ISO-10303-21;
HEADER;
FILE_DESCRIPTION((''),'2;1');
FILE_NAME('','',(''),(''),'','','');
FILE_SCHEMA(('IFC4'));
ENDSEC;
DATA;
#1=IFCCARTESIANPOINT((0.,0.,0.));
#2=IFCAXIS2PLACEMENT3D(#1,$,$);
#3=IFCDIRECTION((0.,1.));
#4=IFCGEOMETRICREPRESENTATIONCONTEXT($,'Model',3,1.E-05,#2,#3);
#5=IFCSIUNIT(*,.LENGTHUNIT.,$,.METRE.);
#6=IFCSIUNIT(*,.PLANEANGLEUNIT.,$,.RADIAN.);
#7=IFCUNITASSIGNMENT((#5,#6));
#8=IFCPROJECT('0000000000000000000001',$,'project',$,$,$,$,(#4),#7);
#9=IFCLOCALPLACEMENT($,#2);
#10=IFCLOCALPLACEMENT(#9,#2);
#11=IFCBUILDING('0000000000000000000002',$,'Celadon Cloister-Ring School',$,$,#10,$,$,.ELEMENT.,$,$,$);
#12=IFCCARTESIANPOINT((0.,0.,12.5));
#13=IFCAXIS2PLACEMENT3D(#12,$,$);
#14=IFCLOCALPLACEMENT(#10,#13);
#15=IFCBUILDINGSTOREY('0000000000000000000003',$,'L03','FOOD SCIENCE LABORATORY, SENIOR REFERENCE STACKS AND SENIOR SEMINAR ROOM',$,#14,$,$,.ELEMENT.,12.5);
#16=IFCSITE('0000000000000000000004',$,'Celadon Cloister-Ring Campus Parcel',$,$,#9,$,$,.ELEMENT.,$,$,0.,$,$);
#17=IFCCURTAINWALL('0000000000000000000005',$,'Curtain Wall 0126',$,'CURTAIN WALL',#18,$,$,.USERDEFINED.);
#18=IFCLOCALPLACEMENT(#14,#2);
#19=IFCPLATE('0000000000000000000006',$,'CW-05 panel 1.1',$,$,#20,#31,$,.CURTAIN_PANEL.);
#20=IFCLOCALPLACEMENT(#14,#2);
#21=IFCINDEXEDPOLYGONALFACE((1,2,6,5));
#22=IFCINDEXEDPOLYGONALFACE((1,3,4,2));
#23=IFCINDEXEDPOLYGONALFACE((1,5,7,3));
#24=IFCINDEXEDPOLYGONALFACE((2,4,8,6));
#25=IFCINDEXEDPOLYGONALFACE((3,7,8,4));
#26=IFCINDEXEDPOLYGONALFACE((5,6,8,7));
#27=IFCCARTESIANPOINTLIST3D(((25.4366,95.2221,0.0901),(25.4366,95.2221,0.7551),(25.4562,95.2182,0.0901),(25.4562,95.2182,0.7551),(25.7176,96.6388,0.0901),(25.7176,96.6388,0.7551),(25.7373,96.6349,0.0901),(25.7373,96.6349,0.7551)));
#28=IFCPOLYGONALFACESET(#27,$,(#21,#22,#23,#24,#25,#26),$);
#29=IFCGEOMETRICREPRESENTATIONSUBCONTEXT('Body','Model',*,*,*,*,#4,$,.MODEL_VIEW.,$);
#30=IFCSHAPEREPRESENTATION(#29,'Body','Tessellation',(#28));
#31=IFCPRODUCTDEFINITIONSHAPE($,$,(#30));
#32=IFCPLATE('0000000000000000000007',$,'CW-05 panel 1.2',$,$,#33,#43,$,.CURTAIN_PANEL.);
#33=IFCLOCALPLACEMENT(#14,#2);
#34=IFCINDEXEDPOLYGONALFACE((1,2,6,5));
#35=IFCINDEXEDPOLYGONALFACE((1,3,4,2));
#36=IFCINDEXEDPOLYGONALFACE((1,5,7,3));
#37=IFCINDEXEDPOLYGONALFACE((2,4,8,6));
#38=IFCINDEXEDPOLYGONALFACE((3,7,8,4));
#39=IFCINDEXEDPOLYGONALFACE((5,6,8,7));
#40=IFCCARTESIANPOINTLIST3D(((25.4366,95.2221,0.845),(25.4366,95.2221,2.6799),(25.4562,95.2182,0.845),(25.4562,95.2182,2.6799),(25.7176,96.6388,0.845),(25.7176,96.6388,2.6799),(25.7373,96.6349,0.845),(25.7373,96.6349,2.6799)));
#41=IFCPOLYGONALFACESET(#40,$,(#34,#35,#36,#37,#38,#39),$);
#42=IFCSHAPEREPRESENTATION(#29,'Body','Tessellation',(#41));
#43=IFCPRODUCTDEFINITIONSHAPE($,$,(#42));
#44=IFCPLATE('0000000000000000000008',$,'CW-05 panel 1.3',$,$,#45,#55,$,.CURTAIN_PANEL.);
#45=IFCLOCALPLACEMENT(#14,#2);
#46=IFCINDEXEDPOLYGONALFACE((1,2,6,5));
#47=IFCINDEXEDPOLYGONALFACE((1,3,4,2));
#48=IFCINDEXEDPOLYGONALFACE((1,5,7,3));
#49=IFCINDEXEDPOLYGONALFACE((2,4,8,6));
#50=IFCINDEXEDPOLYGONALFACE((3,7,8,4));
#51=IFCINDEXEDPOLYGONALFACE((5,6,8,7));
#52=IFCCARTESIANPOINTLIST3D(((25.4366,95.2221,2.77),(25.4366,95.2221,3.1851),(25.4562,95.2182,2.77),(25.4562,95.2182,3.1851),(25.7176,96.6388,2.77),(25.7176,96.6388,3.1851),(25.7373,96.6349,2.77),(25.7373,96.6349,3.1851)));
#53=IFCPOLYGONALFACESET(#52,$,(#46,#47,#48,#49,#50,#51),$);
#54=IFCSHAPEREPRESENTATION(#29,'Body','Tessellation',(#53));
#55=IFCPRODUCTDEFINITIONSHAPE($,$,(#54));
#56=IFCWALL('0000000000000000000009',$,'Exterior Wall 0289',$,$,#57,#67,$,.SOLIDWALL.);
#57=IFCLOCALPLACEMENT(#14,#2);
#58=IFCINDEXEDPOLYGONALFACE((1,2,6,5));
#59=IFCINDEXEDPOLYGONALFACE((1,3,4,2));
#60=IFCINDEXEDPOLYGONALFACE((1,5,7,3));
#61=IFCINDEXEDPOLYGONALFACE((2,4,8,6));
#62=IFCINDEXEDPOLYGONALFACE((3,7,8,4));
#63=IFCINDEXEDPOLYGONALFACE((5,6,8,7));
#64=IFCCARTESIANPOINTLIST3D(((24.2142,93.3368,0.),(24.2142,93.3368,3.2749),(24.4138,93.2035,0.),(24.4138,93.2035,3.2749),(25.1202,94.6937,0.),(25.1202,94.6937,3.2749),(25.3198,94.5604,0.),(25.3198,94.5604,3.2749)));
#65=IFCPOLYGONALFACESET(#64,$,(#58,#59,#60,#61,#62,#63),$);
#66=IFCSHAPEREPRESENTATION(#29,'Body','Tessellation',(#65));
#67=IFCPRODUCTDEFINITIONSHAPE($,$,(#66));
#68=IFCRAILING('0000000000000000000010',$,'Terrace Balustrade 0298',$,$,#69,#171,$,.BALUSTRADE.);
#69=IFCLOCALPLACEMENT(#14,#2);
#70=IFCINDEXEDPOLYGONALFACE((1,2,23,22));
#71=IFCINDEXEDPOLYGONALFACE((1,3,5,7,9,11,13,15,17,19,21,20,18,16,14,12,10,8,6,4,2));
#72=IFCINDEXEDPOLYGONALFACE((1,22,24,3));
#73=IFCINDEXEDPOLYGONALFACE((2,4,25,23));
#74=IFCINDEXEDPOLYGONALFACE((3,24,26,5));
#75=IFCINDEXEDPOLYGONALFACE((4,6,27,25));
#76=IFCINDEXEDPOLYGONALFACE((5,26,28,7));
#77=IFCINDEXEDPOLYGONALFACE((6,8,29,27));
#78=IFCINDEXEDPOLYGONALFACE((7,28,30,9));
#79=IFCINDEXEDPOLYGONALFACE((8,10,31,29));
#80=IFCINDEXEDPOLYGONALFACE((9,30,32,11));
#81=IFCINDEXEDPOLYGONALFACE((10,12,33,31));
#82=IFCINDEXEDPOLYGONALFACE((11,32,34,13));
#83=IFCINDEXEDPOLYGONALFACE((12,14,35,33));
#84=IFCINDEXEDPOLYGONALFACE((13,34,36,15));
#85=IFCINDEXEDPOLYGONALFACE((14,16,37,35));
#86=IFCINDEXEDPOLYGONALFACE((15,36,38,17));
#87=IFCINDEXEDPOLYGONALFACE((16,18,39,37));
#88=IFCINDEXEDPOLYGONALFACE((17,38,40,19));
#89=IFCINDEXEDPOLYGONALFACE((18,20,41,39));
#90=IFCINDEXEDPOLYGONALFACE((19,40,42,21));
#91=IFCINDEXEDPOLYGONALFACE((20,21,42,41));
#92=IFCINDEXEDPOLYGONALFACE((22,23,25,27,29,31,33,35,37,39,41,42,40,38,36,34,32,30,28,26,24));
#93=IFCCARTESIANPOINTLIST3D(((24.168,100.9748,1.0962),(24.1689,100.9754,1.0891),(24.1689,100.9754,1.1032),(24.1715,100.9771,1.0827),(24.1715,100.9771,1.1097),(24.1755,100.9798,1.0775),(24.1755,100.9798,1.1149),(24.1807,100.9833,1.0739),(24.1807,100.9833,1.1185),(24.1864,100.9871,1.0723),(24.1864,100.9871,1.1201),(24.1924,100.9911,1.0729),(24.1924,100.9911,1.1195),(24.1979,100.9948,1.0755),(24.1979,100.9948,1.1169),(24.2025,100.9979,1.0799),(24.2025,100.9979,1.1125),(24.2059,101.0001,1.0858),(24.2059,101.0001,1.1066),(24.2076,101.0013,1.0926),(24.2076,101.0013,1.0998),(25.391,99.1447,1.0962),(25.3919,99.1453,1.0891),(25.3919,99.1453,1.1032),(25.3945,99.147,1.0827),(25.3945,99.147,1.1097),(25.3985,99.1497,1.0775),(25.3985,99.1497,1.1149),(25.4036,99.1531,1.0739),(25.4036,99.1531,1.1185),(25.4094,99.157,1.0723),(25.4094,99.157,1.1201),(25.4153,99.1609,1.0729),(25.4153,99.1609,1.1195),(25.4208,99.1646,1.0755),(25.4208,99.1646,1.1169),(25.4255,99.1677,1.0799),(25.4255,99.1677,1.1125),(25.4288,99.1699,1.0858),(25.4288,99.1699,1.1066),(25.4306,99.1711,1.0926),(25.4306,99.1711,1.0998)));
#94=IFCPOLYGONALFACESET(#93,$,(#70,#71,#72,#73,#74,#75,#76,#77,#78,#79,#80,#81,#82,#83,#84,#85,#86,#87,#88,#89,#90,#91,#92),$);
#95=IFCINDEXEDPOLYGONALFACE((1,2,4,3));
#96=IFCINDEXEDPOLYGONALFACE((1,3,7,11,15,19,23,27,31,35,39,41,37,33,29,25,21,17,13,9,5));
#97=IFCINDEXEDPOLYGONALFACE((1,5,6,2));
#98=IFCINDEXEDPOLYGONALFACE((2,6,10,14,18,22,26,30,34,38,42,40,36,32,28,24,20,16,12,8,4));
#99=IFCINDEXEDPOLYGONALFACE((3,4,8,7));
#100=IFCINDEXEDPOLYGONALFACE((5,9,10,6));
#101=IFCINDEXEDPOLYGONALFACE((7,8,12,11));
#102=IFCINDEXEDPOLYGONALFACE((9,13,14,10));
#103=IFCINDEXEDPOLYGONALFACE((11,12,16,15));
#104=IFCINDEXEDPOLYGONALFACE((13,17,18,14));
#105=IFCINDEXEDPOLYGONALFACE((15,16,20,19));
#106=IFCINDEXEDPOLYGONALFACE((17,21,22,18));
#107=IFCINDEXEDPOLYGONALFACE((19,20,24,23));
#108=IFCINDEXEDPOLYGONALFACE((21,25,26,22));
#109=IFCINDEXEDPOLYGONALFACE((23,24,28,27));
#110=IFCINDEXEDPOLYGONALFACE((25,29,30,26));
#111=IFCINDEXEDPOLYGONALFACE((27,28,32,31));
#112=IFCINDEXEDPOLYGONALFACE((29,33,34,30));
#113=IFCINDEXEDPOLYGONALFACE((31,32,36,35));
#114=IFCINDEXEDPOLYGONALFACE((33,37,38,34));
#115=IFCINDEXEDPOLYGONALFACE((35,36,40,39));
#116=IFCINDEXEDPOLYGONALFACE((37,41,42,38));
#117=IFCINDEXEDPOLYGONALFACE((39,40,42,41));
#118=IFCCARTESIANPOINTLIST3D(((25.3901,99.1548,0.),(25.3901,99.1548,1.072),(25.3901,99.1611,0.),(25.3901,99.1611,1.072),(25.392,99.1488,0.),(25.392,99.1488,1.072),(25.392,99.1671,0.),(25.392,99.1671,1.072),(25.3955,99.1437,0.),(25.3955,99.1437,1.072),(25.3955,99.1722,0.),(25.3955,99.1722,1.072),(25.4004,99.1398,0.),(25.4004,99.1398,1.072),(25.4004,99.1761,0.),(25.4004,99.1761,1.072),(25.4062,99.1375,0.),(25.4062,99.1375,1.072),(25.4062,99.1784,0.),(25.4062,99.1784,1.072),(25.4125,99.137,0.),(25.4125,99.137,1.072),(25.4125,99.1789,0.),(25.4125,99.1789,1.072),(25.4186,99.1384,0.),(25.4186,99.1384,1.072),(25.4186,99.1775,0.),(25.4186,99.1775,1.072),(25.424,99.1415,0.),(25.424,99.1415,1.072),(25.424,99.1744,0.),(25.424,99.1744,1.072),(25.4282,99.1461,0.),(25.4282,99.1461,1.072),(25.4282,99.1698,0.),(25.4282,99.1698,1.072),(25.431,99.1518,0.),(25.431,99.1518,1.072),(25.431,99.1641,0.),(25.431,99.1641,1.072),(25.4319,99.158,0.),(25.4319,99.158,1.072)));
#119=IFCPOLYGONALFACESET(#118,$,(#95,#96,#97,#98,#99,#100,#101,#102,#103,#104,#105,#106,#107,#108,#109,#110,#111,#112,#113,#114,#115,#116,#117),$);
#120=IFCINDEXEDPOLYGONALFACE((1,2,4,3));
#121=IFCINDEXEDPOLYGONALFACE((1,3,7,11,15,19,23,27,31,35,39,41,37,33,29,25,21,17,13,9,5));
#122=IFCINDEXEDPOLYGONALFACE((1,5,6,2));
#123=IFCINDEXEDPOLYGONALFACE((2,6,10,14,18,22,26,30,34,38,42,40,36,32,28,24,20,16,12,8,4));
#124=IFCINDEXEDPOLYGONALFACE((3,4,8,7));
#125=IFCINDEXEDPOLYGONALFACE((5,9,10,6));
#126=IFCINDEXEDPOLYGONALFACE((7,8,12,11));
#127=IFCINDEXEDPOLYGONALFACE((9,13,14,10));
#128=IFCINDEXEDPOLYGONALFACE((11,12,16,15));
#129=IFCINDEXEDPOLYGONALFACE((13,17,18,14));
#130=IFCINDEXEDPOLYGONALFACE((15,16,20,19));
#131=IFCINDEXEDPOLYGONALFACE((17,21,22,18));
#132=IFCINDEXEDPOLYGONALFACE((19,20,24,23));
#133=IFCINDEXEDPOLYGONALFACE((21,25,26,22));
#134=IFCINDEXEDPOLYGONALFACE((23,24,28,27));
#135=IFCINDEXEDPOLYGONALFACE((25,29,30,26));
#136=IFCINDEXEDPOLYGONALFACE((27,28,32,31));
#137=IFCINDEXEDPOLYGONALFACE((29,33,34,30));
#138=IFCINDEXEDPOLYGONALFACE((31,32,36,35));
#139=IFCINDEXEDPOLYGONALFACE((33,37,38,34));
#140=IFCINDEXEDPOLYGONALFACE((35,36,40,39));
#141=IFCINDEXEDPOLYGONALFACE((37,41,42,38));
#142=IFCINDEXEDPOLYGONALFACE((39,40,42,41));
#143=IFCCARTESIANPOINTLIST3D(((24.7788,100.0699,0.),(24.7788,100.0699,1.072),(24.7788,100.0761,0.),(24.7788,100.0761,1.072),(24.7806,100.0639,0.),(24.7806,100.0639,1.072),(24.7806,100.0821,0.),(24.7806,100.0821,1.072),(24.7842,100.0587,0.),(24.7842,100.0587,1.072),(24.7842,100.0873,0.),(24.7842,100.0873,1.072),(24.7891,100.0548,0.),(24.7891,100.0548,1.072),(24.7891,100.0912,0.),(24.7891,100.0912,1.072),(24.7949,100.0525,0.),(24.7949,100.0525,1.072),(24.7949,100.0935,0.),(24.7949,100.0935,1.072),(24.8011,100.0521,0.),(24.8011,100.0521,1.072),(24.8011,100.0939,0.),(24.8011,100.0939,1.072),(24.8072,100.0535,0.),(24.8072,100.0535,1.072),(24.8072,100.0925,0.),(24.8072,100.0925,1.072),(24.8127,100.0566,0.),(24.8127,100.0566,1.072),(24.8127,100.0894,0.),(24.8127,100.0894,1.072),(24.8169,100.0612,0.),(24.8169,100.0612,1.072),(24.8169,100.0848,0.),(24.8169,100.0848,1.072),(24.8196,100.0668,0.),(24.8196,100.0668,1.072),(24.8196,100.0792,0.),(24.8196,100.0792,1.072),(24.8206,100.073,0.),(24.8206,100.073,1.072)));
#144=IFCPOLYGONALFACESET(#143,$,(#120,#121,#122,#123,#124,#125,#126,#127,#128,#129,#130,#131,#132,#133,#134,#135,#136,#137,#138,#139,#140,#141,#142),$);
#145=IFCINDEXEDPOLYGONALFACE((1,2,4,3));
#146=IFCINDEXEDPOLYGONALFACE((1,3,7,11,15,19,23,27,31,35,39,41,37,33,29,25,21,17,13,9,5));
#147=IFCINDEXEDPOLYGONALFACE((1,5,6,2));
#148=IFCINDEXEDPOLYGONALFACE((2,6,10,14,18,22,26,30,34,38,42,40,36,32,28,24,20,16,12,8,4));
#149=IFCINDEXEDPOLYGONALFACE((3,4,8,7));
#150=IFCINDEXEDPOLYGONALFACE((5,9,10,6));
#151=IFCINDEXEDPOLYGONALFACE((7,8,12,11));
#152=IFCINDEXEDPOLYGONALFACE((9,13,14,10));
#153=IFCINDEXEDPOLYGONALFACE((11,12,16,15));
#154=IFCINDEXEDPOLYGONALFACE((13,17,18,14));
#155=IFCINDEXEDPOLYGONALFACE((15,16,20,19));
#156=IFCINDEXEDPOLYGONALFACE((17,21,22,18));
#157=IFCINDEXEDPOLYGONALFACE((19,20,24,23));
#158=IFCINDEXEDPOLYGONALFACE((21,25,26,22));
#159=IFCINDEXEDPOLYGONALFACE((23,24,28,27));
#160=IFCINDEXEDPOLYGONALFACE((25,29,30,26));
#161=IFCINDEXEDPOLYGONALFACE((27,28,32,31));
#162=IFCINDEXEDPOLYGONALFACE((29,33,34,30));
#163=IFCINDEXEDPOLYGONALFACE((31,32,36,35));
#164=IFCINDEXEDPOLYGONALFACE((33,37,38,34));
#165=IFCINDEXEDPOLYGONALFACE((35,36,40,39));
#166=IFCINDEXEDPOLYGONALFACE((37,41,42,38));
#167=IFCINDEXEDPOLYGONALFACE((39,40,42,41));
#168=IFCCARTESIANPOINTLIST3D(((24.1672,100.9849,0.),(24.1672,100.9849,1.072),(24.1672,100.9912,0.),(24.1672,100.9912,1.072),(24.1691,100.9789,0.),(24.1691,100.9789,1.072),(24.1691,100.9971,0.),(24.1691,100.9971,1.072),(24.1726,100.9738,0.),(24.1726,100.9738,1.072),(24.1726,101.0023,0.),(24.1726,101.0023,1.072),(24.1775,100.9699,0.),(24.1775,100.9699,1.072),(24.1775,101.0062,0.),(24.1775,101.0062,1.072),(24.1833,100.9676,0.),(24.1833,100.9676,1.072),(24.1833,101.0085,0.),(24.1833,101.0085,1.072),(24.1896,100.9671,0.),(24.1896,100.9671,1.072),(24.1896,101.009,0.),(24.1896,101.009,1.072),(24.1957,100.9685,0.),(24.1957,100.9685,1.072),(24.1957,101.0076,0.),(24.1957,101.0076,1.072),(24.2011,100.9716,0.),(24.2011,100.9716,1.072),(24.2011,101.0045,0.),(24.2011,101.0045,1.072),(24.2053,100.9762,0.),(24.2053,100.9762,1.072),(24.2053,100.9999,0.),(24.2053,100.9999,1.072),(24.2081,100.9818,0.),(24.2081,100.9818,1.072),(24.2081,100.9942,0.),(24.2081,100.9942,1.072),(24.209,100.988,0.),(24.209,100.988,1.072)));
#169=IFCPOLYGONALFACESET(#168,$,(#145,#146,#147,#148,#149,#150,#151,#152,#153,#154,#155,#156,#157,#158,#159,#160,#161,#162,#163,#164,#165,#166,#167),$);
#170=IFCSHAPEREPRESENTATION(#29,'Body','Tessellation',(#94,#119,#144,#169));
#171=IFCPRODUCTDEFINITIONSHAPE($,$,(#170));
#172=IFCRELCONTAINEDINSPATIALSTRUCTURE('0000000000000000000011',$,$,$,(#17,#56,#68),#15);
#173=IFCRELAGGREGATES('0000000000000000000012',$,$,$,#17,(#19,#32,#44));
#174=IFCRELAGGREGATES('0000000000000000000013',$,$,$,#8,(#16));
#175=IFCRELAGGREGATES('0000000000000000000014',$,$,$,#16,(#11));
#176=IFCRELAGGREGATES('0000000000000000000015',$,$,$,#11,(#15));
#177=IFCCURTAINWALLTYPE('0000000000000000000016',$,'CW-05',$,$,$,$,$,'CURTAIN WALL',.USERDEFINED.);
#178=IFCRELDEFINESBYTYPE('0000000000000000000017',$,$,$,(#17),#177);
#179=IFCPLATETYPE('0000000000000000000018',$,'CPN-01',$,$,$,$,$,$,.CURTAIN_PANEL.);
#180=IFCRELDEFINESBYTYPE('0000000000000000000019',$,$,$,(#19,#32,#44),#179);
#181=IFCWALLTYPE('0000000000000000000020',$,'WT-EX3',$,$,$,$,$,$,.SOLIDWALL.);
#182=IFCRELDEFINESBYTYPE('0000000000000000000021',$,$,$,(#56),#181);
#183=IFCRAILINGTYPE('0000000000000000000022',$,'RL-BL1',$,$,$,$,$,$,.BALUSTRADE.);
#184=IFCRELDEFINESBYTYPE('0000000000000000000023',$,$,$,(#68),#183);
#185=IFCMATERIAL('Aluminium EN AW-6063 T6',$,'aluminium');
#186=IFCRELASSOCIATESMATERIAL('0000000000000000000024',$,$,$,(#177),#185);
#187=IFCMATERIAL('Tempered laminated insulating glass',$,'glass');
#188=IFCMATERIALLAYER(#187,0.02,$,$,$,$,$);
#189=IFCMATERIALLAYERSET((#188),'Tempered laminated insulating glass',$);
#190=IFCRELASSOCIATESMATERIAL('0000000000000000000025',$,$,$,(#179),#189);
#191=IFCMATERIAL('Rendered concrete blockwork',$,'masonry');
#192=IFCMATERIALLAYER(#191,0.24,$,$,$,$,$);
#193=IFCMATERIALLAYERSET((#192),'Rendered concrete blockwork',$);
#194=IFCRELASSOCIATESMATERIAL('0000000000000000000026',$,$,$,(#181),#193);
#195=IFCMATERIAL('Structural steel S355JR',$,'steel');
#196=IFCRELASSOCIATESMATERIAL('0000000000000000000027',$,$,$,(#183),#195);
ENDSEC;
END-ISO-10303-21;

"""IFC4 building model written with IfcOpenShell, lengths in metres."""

from ifc_helpers import new_model, si_unit, direction, frame, frame_2d, origin, origin_2d, place, context, subcontext, project, spatial, rectangle, circle, extrude, material, layer, layer_set, type_object, element, aggregate, save


model = new_model("IFC4")

# Units and contexts
model_context = context("Model", 3, precision=1e-05, world=origin(), true_north=direction((0.0, 1.0)))
body_context = subcontext(model_context, "Body", "Model", "MODEL_VIEW")
ifc_project = project(units=[si_unit("LENGTHUNIT", "METRE"), si_unit("PLANEANGLEUNIT", "RADIAN")], contexts=[model_context])

# Site, building, storey
site_placement = place(None, origin())
site = spatial("IfcSite", under=ifc_project, at=site_placement, Name="Celadon Cloister-Ring Campus Parcel", CompositionType="ELEMENT", RefElevation=0.0)
building_placement = place(site_placement, origin())
building = spatial("IfcBuilding", under=site, at=building_placement, Name="Celadon Cloister-Ring School", CompositionType="ELEMENT")
storey_placement = place(building_placement, frame((0.0, 0.0, 12.5)))
storey = spatial("IfcBuildingStorey", under=building, at=storey_placement, Name="L03", Description="FOOD SCIENCE LABORATORY, SENIOR REFERENCE STACKS AND SENIOR SEMINAR ROOM", CompositionType="ELEMENT", Elevation=12.5)

# Curtain wall
ifc_material_1 = material(Name="Aluminium EN AW-6063 T6", Category="aluminium")
curtain_wall_type = type_object("IfcCurtainWallType", Name="CW-05", ElementType="CURTAIN WALL", PredefinedType="USERDEFINED", material=ifc_material_1)
curtain_wall_1_placement = place(storey_placement, origin())
curtain_wall_1 = element("IfcCurtainWall", 1, at=curtain_wall_1_placement, inside=storey, type_object=curtain_wall_type, Name="Curtain Wall 0126", ObjectType="CURTAIN WALL", PredefinedType="USERDEFINED")

# Plates
ifc_material_2 = material(Name="Tempered laminated insulating glass", Category="glass")
ifc_layer_1 = layer(ifc_material_2, 0.02)
ifc_layer_set_1 = layer_set([ifc_layer_1], Name="Tempered laminated insulating glass")
plate_type = type_object("IfcPlateType", Name="CPN-01", PredefinedType="CURTAIN_PANEL", material=ifc_layer_set_1)
plate_1_placement = place(storey_placement, frame((25.5869, 95.9285, 0.0901), z_axis=(0.0, 0.0, 1.0), x_axis=(0.194586, 0.980885, 0.0)))
plate_1 = element("IfcPlate", 2, at=plate_1_placement, type_object=plate_type, Name="CW-05 panel 1.1", PredefinedType="CURTAIN_PANEL", context=body_context, shape_type="SweptSolid", body=[
    extrude(rectangle(XDim=1.4443, YDim=0.02, at=origin_2d()), origin(), (0.0, 0.0, 1.0), 0.665),
])
plate_2_placement = place(storey_placement, frame((25.5869, 95.9285, 0.845), z_axis=(0.0, 0.0, 1.0), x_axis=(0.194586, 0.980885, 0.0)))
plate_2 = element("IfcPlate", 3, at=plate_2_placement, type_object=plate_type, Name="CW-05 panel 1.2", PredefinedType="CURTAIN_PANEL", context=body_context, shape_type="SweptSolid", body=[
    extrude(rectangle(XDim=1.4443, YDim=0.02, at=origin_2d()), origin(), (0.0, 0.0, 1.0), 1.835),
])
plate_3_placement = place(storey_placement, frame((25.5869, 95.9285, 2.77), z_axis=(0.0, 0.0, 1.0), x_axis=(0.194586, 0.980885, 0.0)))
plate_3 = element("IfcPlate", 4, at=plate_3_placement, type_object=plate_type, Name="CW-05 panel 1.3", PredefinedType="CURTAIN_PANEL", context=body_context, shape_type="SweptSolid", body=[
    extrude(rectangle(XDim=1.4443, YDim=0.02, at=origin_2d()), origin(), (0.0, 0.0, 1.0), 0.415),
])
aggregate(curtain_wall_1, [plate_1, plate_2, plate_3])

# Wall
ifc_material_3 = material(Name="Rendered concrete blockwork", Category="masonry")
ifc_layer_2 = layer(ifc_material_3, 0.24)
ifc_layer_set_2 = layer_set([ifc_layer_2], Name="Rendered concrete blockwork")
wall_type = type_object("IfcWallType", Name="WT-EX3", PredefinedType="SOLIDWALL", material=ifc_layer_set_2)
wall_placement = place(storey_placement, frame((24.314, 93.27, 0.0), z_axis=(0.0, 0.0, 1.0), x_axis=(0.555287, 0.831659, 0.0)))
element("IfcWall", 5, at=wall_placement, inside=storey, type_object=wall_type, Name="Exterior Wall 0289", PredefinedType="SOLIDWALL", context=body_context, shape_type="SweptSolid", body=[
    extrude(rectangle(XDim=1.6316, YDim=0.24, at=frame_2d((0.8159, 0.0))), origin(), (0.0, 0.0, 1.0), 3.2749),
])

# Railing
ifc_material_4 = material(Name="Structural steel S355JR", Category="steel")
railing_type = type_object("IfcRailingType", Name="RL-BL1", PredefinedType="BALUSTRADE", material=ifc_material_4)
railing_1_placement = place(storey_placement, frame((25.4109, 99.158, 0.0)))
element("IfcRailing", 6, at=railing_1_placement, inside=storey, type_object=railing_type, Name="Terrace Balustrade 0298", PredefinedType="BALUSTRADE", context=body_context, shape_type="SweptSolid", body=[
    extrude(circle(Radius=0.0239, at=origin_2d()), frame((0.0, 0.0, 1.0962), z_axis=(-0.555596, 0.831453, 0.0), x_axis=(-0.831453, -0.555596, 0.0)), (0.0, 0.0, 1.0), 2.2012),
    extrude(circle(Radius=0.021, at=origin_2d()), origin(), (0.0, 0.0, 1.0), 1.072),
    extrude(circle(Radius=0.021, at=origin_2d()), frame((-0.6113, 0.915, 0.0)), (0.0, 0.0, 1.0), 1.072),
    extrude(circle(Radius=0.021, at=origin_2d()), frame((-1.2229, 1.8301, 0.0)), (0.0, 0.0, 1.0), 1.072),
])

save(model, "model.ifc")
